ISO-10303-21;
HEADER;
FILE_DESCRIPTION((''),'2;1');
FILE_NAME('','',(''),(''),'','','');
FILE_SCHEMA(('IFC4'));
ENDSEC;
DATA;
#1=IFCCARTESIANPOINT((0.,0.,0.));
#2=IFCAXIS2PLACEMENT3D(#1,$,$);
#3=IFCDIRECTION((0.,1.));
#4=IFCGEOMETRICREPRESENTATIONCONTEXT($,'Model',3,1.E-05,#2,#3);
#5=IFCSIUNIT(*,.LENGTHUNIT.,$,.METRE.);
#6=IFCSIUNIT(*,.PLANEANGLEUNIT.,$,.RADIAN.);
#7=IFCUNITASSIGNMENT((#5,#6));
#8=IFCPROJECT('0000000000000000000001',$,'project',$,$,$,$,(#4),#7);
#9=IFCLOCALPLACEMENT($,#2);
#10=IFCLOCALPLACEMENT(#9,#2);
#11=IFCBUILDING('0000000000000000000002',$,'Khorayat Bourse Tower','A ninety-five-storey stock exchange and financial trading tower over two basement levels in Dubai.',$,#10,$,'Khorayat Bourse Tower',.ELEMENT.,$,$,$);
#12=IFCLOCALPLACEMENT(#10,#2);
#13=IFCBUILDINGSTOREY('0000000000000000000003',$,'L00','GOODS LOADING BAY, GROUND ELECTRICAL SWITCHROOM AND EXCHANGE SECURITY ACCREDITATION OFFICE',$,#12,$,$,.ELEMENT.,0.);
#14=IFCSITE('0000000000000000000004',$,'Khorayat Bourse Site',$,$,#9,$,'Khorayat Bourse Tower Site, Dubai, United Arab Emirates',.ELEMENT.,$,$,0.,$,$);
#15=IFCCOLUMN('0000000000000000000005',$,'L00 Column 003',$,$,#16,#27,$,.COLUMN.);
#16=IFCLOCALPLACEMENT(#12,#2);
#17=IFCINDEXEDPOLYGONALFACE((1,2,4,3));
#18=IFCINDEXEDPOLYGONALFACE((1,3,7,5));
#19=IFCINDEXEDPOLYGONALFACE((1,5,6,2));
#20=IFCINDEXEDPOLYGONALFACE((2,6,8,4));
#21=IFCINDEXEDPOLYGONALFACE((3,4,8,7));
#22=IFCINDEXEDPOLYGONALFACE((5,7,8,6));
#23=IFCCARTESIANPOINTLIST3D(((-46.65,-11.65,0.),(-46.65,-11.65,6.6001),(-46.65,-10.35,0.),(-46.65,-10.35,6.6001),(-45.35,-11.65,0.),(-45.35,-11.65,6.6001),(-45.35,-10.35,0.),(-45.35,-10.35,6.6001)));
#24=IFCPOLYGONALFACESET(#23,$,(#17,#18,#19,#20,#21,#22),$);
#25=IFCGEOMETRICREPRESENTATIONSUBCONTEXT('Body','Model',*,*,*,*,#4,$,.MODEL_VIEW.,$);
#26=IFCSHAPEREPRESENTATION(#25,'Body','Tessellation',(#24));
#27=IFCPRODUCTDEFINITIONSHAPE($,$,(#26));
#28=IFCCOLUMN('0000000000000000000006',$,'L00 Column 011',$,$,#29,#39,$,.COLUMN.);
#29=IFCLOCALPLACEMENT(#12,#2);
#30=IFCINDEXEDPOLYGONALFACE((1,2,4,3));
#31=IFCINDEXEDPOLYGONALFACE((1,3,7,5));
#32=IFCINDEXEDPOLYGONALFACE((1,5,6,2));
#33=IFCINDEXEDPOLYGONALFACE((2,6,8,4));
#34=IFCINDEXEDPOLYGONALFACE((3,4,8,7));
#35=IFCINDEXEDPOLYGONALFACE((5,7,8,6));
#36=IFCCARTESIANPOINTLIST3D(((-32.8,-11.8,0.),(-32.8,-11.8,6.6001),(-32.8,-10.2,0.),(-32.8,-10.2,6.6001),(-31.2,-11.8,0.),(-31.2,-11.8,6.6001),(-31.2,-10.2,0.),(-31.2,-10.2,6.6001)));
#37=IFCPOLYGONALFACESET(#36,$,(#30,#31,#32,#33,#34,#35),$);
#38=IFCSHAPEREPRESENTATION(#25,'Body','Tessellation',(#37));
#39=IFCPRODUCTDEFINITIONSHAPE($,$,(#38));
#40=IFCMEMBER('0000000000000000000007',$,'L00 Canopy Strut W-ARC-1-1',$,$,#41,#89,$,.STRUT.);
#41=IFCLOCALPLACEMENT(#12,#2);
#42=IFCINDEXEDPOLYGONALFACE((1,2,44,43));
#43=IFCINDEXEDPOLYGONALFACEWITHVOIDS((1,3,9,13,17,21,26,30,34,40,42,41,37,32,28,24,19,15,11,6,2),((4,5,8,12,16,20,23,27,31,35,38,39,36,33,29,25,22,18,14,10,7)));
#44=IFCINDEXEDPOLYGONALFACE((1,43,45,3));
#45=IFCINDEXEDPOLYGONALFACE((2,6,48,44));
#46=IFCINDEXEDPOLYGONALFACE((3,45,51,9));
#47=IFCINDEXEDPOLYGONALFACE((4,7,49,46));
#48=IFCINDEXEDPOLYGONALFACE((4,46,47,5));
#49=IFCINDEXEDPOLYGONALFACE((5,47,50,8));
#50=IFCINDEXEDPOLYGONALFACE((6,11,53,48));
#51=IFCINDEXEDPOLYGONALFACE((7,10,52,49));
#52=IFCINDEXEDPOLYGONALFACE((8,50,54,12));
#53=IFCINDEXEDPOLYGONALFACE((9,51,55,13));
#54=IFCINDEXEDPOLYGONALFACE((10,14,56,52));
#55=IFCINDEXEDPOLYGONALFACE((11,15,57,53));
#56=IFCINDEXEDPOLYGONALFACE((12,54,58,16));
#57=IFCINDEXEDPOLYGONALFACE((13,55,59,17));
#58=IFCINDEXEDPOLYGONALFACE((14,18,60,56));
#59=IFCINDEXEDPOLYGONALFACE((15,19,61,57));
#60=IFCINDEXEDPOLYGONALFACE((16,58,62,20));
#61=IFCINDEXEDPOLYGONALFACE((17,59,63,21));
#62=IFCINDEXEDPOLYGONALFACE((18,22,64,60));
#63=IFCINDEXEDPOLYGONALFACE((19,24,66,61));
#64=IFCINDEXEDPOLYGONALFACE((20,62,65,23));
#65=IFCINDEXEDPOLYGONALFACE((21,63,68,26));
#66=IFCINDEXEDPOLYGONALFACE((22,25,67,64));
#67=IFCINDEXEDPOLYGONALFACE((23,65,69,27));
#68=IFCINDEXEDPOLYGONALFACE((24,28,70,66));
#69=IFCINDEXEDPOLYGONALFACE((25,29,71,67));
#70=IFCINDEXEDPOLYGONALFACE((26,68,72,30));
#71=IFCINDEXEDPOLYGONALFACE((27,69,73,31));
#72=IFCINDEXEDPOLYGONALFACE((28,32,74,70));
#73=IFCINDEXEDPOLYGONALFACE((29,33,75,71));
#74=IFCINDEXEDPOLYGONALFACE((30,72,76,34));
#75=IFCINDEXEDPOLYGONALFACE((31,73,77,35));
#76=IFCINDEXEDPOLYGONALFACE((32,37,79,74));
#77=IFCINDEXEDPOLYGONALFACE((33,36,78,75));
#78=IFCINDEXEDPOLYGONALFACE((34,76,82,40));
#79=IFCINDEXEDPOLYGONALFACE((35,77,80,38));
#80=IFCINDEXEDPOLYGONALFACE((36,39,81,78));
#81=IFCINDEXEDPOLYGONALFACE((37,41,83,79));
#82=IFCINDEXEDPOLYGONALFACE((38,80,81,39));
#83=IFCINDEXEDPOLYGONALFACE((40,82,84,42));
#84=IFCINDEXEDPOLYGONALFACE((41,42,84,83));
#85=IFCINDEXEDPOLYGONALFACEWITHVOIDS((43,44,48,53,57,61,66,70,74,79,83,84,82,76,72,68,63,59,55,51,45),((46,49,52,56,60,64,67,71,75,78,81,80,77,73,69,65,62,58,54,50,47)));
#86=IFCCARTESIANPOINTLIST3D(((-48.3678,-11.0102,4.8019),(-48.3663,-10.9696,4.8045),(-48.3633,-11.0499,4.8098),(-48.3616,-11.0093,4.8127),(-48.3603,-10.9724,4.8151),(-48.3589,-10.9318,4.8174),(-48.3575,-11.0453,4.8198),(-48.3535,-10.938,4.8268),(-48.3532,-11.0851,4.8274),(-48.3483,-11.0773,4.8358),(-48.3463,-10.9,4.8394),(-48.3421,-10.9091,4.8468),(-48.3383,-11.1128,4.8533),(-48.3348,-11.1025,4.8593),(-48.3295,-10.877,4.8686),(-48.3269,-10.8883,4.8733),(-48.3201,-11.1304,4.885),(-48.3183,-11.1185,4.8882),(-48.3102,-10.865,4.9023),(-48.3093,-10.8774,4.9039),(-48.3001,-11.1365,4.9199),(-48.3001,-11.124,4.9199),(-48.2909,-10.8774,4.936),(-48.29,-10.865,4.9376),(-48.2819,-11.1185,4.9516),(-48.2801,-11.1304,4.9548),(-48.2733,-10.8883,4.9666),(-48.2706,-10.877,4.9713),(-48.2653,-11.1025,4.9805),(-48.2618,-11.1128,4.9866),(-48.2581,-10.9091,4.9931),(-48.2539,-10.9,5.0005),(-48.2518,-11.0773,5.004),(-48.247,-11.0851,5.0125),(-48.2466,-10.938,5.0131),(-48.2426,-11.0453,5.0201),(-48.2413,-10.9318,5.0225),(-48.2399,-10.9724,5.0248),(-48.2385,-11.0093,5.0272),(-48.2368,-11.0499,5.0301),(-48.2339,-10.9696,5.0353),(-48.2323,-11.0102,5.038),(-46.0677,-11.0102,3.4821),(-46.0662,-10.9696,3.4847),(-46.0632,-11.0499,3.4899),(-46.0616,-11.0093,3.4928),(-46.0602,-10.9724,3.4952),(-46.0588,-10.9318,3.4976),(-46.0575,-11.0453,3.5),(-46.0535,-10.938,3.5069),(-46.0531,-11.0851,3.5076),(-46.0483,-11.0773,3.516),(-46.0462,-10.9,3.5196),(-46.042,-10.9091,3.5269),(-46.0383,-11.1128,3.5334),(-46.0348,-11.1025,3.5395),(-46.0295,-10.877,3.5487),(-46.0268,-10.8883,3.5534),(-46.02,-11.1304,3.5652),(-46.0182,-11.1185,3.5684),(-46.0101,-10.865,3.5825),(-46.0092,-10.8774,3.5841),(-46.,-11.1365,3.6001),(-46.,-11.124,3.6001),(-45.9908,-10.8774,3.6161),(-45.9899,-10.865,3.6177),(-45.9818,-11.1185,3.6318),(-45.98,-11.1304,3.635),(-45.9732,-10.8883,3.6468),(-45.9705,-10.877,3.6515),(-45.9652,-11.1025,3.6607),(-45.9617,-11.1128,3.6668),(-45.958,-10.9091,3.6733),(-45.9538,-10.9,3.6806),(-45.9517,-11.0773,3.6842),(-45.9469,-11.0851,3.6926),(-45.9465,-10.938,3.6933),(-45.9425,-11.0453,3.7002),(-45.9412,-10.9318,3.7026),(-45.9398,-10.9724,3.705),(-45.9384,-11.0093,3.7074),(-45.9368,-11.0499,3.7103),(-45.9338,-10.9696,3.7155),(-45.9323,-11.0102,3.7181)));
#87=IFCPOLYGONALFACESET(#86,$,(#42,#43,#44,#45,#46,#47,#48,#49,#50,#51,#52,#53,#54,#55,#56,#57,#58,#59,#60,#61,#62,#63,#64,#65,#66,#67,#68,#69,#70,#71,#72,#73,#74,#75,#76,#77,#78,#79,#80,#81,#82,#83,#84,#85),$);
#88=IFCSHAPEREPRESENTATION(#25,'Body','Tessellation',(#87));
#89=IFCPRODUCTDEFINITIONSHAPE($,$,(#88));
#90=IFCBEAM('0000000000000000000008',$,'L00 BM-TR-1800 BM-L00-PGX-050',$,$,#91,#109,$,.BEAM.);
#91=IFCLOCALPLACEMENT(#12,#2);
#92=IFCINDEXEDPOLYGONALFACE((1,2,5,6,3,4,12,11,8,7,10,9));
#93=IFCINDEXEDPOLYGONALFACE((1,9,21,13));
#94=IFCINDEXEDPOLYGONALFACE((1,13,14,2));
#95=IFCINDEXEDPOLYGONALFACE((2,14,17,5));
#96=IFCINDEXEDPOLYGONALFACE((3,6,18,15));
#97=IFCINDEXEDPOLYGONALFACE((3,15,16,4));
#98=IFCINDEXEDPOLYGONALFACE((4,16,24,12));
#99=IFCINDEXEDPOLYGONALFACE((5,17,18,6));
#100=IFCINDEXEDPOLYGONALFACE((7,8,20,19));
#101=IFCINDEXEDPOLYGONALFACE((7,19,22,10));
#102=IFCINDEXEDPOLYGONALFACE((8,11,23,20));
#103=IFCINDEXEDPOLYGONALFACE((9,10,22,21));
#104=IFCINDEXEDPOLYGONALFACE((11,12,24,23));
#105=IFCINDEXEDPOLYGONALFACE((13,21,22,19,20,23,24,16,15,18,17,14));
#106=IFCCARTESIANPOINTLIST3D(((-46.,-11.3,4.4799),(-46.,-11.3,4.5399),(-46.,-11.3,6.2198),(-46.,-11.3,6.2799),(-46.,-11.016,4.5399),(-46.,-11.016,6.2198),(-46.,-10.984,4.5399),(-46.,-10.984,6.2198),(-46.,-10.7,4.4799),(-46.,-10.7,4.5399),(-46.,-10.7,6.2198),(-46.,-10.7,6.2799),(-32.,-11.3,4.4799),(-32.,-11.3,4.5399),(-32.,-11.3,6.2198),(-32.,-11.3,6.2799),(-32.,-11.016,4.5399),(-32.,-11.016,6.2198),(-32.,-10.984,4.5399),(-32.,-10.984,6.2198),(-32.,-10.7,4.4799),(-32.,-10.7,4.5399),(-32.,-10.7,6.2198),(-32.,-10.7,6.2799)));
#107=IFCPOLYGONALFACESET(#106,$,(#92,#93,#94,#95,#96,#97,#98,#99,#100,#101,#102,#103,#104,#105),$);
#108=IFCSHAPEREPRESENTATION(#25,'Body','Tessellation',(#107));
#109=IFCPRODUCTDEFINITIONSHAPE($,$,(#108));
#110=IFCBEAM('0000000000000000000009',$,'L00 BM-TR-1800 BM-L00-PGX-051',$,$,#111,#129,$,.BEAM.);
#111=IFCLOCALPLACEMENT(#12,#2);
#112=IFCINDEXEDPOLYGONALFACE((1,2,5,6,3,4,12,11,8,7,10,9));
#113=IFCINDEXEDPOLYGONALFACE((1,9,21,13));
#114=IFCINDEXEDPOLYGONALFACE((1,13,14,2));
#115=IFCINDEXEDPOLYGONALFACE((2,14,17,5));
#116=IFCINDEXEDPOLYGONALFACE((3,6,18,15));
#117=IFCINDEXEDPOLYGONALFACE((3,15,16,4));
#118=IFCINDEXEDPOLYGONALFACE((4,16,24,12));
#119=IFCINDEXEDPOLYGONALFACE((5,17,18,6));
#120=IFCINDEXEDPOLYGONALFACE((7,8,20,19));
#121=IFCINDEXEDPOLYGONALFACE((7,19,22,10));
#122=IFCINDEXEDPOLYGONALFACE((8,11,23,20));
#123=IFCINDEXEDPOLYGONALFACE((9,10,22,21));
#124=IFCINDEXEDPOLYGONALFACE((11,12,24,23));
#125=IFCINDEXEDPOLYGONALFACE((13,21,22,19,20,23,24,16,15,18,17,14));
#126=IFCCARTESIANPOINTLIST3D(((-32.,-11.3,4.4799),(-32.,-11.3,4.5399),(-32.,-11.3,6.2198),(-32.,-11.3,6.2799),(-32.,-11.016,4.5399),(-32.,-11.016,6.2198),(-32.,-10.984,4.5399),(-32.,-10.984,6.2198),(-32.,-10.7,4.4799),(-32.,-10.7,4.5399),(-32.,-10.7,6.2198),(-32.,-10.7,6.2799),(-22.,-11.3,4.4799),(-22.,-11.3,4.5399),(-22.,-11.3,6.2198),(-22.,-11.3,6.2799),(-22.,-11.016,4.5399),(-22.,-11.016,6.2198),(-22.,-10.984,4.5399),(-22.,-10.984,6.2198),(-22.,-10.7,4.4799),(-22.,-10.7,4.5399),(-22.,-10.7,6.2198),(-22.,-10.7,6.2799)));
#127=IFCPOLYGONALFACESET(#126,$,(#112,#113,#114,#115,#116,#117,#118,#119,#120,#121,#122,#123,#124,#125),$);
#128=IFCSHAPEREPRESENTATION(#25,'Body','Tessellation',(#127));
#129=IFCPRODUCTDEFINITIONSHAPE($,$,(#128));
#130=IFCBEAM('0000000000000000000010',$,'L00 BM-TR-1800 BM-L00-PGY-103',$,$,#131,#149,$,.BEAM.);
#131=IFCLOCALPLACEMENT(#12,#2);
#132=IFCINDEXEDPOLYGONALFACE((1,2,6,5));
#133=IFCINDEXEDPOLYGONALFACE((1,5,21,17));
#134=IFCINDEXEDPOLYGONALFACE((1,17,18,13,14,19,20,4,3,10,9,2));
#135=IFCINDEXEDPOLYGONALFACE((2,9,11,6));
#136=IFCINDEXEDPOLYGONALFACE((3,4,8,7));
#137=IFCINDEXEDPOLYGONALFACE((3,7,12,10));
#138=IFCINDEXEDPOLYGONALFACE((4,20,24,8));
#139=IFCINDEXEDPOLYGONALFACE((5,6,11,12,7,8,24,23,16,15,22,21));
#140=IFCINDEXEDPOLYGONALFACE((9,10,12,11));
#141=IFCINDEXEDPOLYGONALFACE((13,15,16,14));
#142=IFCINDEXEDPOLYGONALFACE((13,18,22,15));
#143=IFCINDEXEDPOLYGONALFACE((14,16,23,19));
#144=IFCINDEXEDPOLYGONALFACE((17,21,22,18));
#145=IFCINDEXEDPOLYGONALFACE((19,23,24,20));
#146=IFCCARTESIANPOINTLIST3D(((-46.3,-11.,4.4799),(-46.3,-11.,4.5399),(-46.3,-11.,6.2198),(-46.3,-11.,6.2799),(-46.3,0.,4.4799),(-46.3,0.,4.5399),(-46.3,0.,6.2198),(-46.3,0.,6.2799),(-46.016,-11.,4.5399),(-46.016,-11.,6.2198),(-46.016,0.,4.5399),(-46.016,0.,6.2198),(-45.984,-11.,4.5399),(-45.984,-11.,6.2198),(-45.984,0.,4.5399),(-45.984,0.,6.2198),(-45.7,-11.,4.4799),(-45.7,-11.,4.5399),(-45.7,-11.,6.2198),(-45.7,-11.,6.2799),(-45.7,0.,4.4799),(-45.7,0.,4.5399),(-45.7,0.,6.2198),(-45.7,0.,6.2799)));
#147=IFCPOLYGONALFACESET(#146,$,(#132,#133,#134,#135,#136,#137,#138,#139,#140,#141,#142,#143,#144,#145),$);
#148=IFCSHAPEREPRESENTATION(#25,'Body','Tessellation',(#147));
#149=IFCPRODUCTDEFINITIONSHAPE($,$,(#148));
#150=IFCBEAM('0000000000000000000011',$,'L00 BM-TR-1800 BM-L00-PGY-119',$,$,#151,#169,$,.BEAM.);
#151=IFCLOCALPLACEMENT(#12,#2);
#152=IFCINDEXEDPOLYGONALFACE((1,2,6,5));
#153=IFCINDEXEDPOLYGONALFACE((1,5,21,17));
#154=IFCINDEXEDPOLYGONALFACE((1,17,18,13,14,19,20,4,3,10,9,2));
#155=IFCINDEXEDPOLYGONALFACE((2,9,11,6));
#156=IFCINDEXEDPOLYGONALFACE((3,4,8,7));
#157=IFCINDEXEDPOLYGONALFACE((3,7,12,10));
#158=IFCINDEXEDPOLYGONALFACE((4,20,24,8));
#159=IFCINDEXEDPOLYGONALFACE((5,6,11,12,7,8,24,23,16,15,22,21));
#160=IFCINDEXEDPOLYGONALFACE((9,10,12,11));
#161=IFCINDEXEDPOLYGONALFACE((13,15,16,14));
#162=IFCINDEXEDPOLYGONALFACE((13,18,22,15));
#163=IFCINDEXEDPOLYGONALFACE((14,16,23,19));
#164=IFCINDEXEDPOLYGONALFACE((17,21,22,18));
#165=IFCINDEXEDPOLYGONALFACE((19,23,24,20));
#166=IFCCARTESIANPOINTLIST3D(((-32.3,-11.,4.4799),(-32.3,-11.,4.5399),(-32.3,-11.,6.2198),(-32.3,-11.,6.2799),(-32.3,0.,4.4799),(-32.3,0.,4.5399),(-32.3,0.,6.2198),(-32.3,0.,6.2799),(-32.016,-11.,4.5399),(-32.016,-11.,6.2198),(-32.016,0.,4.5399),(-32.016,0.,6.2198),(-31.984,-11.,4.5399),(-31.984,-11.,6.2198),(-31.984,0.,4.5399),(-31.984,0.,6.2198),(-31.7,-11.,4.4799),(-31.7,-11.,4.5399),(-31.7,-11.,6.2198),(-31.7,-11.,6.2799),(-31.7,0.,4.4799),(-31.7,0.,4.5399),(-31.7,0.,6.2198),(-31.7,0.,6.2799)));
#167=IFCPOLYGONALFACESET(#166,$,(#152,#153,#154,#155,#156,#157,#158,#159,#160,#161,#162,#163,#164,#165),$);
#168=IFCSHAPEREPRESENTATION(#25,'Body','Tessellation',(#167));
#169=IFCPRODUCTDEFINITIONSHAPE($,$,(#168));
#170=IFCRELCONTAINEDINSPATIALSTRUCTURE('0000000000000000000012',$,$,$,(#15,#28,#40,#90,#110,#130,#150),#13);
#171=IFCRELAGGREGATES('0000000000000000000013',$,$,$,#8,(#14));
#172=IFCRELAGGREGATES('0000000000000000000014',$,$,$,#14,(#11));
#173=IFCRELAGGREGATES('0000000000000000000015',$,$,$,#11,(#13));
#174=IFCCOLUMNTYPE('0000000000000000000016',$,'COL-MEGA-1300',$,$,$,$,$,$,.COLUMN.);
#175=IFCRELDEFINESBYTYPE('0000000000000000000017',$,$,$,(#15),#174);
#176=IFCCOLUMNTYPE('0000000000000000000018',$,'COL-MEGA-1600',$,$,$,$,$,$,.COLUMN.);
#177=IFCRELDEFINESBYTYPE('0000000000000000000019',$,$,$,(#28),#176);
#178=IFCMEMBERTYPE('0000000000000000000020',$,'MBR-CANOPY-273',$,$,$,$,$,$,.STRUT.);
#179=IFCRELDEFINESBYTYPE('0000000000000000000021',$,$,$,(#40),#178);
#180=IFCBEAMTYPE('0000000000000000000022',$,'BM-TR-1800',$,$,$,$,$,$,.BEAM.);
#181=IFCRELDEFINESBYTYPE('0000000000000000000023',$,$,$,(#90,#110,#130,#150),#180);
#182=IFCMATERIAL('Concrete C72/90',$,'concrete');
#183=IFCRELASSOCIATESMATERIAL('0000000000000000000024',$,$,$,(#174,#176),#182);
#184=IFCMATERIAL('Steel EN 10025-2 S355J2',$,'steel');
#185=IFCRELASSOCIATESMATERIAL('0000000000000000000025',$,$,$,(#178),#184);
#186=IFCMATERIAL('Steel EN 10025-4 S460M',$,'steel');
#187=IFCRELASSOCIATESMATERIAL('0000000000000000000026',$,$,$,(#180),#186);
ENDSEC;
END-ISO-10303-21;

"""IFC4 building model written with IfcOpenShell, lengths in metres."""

from ifc_helpers import new_model, si_unit, direction, frame, origin, origin_2d, place, context, subcontext, project, spatial, rectangle, hollow_circle, i_section, extrude, source, transform, mapped, material, material_profile, profile_set, type_object, element, save


model = new_model("IFC4")

# Units and contexts
model_context = context("Model", 3, precision=1e-05, world=origin(), true_north=direction((0.0, 1.0)))
body_context = subcontext(model_context, "Body", "Model", "MODEL_VIEW")
ifc_project = project(units=[si_unit("LENGTHUNIT", "METRE"), si_unit("PLANEANGLEUNIT", "RADIAN")], contexts=[model_context])

# Site, building, storey
site_placement = place(None, origin())
site = spatial("IfcSite", under=ifc_project, at=site_placement, Name="Khorayat Bourse Site", LongName="Khorayat Bourse Tower Site, Dubai, United Arab Emirates", CompositionType="ELEMENT", RefElevation=0.0)
building_placement = place(site_placement, origin())
building = spatial("IfcBuilding", under=site, at=building_placement, Name="Khorayat Bourse Tower", Description="A ninety-five-storey stock exchange and financial trading tower over two basement levels in Dubai.", LongName="Khorayat Bourse Tower", CompositionType="ELEMENT")
storey_placement = place(building_placement, origin())
storey = spatial("IfcBuildingStorey", under=building, at=storey_placement, Name="L00", Description="GOODS LOADING BAY, GROUND ELECTRICAL SWITCHROOM AND EXCHANGE SECURITY ACCREDITATION OFFICE", CompositionType="ELEMENT", Elevation=0.0)

# Columns
ifc_material_1 = material(Name="Concrete C72/90", Category="concrete")
ifc_material_profile_1 = material_profile(ifc_material_1, rectangle(XDim=1.3, YDim=1.3, at=origin_2d()), Name="RC 1300x1300")
ifc_profile_set_1 = profile_set([ifc_material_profile_1], Name="Concrete C72/90")
column_type_1 = type_object("IfcColumnType", Name="COL-MEGA-1300", PredefinedType="COLUMN", material=ifc_profile_set_1)
shared_shape_1 = source(origin(), body_context, "Body", "SweptSolid", [
    extrude(rectangle(XDim=1.3, YDim=1.3, at=origin_2d()), origin(), (0.0, 0.0, 1.0), 6.6001),
])
column_1_placement = place(storey_placement, frame((-46.0, -11.0, 0.0), z_axis=(0.0, 0.0, 1.0), x_axis=(1.0, 0.0, 0.0)))
element("IfcColumn", 1, at=column_1_placement, inside=storey, type_object=column_type_1, Name="L00 Column 003", PredefinedType="COLUMN", context=body_context, shape_type="MappedRepresentation", body=[
    mapped(shared_shape_1, transform((0.0, 0.0, 0.0), scale=1.0)),
])
ifc_material_profile_2 = material_profile(ifc_material_1, rectangle(XDim=1.6001, YDim=1.6001, at=origin_2d()), Name="RC 1600x1600")
ifc_profile_set_2 = profile_set([ifc_material_profile_2], Name="Concrete C72/90")
column_type_2 = type_object("IfcColumnType", Name="COL-MEGA-1600", PredefinedType="COLUMN", material=ifc_profile_set_2)
shared_shape_2 = source(origin(), body_context, "Body", "SweptSolid", [
    extrude(rectangle(XDim=1.6001, YDim=1.6001, at=origin_2d()), origin(), (0.0, 0.0, 1.0), 6.6001),
])
column_2_placement = place(storey_placement, frame((-32.0, -11.0, 0.0), z_axis=(0.0, 0.0, 1.0), x_axis=(1.0, 0.0, 0.0)))
element("IfcColumn", 2, at=column_2_placement, inside=storey, type_object=column_type_2, Name="L00 Column 011", PredefinedType="COLUMN", context=body_context, shape_type="MappedRepresentation", body=[
    mapped(shared_shape_2, transform((0.0, 0.0, 0.0), scale=1.0)),
])

# Member
ifc_material_2 = material(Name="Steel EN 10025-2 S355J2", Category="steel")
ifc_material_profile_3 = material_profile(ifc_material_2, hollow_circle(Radius=0.1365, WallThickness=0.0125, at=origin_2d()), Name="CHS 273x12.5")
ifc_profile_set_3 = profile_set([ifc_material_profile_3], Name="Steel EN 10025-2 S355J2")
member_type = type_object("IfcMemberType", Name="MBR-CANOPY-273", PredefinedType="STRUT", material=ifc_profile_set_3)
shared_shape_3 = source(origin(), body_context, "Body", "SweptSolid", [
    extrude(hollow_circle(Radius=0.1365, WallThickness=0.0125, at=origin_2d()), origin(), (0.0, 0.0, 1.0), 2.6519),
])
member_placement = place(storey_placement, frame((-46.0, -11.0, 3.6001), z_axis=(-0.867347, 0.0, 0.497705), x_axis=(0.0, -1.0, 0.0)))
element("IfcMember", 3, at=member_placement, inside=storey, type_object=member_type, Name="L00 Canopy Strut W-ARC-1-1", PredefinedType="STRUT", context=body_context, shape_type="MappedRepresentation", body=[
    mapped(shared_shape_3, transform((0.0, 0.0, 0.0), scale=1.0)),
])

# Beams
ifc_material_3 = material(Name="Steel EN 10025-4 S460M", Category="steel")
ifc_material_profile_4 = material_profile(ifc_material_3, i_section(OverallWidth=0.6001, OverallDepth=1.8, WebThickness=0.032, FlangeThickness=0.0601, at=origin_2d()), Name="PG 1800x600x32x60")
ifc_profile_set_4 = profile_set([ifc_material_profile_4], Name="Steel EN 10025-4 S460M")
beam_type_1 = type_object("IfcBeamType", Name="BM-TR-1800", PredefinedType="BEAM", material=ifc_profile_set_4)
shared_shape_4 = source(origin(), body_context, "Body", "SweptSolid", [
    extrude(i_section(OverallWidth=0.6001, OverallDepth=1.8, WebThickness=0.032, FlangeThickness=0.0601, at=origin_2d()), origin(), (0.0, 0.0, 1.0), 14.0),
])
beam_1_placement = place(storey_placement, frame((-46.0, -11.0, 5.3799), z_axis=(1.0, 0.0, 0.0), x_axis=(0.0, 1.0, 0.0)))
element("IfcBeam", 4, at=beam_1_placement, inside=storey, type_object=beam_type_1, Name="L00 BM-TR-1800 BM-L00-PGX-050", PredefinedType="BEAM", context=body_context, shape_type="MappedRepresentation", body=[
    mapped(shared_shape_4, transform((0.0, 0.0, 0.0), scale=1.0)),
])
shared_shape_5 = source(origin(), body_context, "Body", "SweptSolid", [
    extrude(i_section(OverallWidth=0.6001, OverallDepth=1.8, WebThickness=0.032, FlangeThickness=0.0601, at=origin_2d()), origin(), (0.0, 0.0, 1.0), 10.0),
])
beam_2_placement = place(storey_placement, frame((-32.0, -11.0, 5.3799), z_axis=(1.0, 0.0, 0.0), x_axis=(0.0, 1.0, 0.0)))
element("IfcBeam", 5, at=beam_2_placement, inside=storey, type_object=beam_type_1, Name="L00 BM-TR-1800 BM-L00-PGX-051", PredefinedType="BEAM", context=body_context, shape_type="MappedRepresentation", body=[
    mapped(shared_shape_5, transform((0.0, 0.0, 0.0), scale=1.0)),
])
shared_shape_6 = source(origin(), body_context, "Body", "SweptSolid", [
    extrude(i_section(OverallWidth=0.6001, OverallDepth=1.8, WebThickness=0.032, FlangeThickness=0.0601, at=origin_2d()), origin(), (0.0, 0.0, 1.0), 11.0),
])
for number, where, z_axis, x_axis, name in (
    (6, (-46.0, -11.0, 5.3799), (0.0, 1.0, 0.0), (-1.0, 0.0, 0.0), "L00 BM-TR-1800 BM-L00-PGY-103"),
    (7, (-32.0, -11.0, 5.3799), (0.0, 1.0, 0.0), (-1.0, 0.0, 0.0), "L00 BM-TR-1800 BM-L00-PGY-119"),
):
    element("IfcBeam", number, at=place(storey_placement, frame(where, z_axis=z_axis, x_axis=x_axis)), inside=storey, type_object=beam_type_1, Name=name, PredefinedType="BEAM", context=body_context, shape_type="MappedRepresentation", body=[
        mapped(shared_shape_6, transform((0.0, 0.0, 0.0), scale=1.0)),
    ])

save(model, "model.ifc")
